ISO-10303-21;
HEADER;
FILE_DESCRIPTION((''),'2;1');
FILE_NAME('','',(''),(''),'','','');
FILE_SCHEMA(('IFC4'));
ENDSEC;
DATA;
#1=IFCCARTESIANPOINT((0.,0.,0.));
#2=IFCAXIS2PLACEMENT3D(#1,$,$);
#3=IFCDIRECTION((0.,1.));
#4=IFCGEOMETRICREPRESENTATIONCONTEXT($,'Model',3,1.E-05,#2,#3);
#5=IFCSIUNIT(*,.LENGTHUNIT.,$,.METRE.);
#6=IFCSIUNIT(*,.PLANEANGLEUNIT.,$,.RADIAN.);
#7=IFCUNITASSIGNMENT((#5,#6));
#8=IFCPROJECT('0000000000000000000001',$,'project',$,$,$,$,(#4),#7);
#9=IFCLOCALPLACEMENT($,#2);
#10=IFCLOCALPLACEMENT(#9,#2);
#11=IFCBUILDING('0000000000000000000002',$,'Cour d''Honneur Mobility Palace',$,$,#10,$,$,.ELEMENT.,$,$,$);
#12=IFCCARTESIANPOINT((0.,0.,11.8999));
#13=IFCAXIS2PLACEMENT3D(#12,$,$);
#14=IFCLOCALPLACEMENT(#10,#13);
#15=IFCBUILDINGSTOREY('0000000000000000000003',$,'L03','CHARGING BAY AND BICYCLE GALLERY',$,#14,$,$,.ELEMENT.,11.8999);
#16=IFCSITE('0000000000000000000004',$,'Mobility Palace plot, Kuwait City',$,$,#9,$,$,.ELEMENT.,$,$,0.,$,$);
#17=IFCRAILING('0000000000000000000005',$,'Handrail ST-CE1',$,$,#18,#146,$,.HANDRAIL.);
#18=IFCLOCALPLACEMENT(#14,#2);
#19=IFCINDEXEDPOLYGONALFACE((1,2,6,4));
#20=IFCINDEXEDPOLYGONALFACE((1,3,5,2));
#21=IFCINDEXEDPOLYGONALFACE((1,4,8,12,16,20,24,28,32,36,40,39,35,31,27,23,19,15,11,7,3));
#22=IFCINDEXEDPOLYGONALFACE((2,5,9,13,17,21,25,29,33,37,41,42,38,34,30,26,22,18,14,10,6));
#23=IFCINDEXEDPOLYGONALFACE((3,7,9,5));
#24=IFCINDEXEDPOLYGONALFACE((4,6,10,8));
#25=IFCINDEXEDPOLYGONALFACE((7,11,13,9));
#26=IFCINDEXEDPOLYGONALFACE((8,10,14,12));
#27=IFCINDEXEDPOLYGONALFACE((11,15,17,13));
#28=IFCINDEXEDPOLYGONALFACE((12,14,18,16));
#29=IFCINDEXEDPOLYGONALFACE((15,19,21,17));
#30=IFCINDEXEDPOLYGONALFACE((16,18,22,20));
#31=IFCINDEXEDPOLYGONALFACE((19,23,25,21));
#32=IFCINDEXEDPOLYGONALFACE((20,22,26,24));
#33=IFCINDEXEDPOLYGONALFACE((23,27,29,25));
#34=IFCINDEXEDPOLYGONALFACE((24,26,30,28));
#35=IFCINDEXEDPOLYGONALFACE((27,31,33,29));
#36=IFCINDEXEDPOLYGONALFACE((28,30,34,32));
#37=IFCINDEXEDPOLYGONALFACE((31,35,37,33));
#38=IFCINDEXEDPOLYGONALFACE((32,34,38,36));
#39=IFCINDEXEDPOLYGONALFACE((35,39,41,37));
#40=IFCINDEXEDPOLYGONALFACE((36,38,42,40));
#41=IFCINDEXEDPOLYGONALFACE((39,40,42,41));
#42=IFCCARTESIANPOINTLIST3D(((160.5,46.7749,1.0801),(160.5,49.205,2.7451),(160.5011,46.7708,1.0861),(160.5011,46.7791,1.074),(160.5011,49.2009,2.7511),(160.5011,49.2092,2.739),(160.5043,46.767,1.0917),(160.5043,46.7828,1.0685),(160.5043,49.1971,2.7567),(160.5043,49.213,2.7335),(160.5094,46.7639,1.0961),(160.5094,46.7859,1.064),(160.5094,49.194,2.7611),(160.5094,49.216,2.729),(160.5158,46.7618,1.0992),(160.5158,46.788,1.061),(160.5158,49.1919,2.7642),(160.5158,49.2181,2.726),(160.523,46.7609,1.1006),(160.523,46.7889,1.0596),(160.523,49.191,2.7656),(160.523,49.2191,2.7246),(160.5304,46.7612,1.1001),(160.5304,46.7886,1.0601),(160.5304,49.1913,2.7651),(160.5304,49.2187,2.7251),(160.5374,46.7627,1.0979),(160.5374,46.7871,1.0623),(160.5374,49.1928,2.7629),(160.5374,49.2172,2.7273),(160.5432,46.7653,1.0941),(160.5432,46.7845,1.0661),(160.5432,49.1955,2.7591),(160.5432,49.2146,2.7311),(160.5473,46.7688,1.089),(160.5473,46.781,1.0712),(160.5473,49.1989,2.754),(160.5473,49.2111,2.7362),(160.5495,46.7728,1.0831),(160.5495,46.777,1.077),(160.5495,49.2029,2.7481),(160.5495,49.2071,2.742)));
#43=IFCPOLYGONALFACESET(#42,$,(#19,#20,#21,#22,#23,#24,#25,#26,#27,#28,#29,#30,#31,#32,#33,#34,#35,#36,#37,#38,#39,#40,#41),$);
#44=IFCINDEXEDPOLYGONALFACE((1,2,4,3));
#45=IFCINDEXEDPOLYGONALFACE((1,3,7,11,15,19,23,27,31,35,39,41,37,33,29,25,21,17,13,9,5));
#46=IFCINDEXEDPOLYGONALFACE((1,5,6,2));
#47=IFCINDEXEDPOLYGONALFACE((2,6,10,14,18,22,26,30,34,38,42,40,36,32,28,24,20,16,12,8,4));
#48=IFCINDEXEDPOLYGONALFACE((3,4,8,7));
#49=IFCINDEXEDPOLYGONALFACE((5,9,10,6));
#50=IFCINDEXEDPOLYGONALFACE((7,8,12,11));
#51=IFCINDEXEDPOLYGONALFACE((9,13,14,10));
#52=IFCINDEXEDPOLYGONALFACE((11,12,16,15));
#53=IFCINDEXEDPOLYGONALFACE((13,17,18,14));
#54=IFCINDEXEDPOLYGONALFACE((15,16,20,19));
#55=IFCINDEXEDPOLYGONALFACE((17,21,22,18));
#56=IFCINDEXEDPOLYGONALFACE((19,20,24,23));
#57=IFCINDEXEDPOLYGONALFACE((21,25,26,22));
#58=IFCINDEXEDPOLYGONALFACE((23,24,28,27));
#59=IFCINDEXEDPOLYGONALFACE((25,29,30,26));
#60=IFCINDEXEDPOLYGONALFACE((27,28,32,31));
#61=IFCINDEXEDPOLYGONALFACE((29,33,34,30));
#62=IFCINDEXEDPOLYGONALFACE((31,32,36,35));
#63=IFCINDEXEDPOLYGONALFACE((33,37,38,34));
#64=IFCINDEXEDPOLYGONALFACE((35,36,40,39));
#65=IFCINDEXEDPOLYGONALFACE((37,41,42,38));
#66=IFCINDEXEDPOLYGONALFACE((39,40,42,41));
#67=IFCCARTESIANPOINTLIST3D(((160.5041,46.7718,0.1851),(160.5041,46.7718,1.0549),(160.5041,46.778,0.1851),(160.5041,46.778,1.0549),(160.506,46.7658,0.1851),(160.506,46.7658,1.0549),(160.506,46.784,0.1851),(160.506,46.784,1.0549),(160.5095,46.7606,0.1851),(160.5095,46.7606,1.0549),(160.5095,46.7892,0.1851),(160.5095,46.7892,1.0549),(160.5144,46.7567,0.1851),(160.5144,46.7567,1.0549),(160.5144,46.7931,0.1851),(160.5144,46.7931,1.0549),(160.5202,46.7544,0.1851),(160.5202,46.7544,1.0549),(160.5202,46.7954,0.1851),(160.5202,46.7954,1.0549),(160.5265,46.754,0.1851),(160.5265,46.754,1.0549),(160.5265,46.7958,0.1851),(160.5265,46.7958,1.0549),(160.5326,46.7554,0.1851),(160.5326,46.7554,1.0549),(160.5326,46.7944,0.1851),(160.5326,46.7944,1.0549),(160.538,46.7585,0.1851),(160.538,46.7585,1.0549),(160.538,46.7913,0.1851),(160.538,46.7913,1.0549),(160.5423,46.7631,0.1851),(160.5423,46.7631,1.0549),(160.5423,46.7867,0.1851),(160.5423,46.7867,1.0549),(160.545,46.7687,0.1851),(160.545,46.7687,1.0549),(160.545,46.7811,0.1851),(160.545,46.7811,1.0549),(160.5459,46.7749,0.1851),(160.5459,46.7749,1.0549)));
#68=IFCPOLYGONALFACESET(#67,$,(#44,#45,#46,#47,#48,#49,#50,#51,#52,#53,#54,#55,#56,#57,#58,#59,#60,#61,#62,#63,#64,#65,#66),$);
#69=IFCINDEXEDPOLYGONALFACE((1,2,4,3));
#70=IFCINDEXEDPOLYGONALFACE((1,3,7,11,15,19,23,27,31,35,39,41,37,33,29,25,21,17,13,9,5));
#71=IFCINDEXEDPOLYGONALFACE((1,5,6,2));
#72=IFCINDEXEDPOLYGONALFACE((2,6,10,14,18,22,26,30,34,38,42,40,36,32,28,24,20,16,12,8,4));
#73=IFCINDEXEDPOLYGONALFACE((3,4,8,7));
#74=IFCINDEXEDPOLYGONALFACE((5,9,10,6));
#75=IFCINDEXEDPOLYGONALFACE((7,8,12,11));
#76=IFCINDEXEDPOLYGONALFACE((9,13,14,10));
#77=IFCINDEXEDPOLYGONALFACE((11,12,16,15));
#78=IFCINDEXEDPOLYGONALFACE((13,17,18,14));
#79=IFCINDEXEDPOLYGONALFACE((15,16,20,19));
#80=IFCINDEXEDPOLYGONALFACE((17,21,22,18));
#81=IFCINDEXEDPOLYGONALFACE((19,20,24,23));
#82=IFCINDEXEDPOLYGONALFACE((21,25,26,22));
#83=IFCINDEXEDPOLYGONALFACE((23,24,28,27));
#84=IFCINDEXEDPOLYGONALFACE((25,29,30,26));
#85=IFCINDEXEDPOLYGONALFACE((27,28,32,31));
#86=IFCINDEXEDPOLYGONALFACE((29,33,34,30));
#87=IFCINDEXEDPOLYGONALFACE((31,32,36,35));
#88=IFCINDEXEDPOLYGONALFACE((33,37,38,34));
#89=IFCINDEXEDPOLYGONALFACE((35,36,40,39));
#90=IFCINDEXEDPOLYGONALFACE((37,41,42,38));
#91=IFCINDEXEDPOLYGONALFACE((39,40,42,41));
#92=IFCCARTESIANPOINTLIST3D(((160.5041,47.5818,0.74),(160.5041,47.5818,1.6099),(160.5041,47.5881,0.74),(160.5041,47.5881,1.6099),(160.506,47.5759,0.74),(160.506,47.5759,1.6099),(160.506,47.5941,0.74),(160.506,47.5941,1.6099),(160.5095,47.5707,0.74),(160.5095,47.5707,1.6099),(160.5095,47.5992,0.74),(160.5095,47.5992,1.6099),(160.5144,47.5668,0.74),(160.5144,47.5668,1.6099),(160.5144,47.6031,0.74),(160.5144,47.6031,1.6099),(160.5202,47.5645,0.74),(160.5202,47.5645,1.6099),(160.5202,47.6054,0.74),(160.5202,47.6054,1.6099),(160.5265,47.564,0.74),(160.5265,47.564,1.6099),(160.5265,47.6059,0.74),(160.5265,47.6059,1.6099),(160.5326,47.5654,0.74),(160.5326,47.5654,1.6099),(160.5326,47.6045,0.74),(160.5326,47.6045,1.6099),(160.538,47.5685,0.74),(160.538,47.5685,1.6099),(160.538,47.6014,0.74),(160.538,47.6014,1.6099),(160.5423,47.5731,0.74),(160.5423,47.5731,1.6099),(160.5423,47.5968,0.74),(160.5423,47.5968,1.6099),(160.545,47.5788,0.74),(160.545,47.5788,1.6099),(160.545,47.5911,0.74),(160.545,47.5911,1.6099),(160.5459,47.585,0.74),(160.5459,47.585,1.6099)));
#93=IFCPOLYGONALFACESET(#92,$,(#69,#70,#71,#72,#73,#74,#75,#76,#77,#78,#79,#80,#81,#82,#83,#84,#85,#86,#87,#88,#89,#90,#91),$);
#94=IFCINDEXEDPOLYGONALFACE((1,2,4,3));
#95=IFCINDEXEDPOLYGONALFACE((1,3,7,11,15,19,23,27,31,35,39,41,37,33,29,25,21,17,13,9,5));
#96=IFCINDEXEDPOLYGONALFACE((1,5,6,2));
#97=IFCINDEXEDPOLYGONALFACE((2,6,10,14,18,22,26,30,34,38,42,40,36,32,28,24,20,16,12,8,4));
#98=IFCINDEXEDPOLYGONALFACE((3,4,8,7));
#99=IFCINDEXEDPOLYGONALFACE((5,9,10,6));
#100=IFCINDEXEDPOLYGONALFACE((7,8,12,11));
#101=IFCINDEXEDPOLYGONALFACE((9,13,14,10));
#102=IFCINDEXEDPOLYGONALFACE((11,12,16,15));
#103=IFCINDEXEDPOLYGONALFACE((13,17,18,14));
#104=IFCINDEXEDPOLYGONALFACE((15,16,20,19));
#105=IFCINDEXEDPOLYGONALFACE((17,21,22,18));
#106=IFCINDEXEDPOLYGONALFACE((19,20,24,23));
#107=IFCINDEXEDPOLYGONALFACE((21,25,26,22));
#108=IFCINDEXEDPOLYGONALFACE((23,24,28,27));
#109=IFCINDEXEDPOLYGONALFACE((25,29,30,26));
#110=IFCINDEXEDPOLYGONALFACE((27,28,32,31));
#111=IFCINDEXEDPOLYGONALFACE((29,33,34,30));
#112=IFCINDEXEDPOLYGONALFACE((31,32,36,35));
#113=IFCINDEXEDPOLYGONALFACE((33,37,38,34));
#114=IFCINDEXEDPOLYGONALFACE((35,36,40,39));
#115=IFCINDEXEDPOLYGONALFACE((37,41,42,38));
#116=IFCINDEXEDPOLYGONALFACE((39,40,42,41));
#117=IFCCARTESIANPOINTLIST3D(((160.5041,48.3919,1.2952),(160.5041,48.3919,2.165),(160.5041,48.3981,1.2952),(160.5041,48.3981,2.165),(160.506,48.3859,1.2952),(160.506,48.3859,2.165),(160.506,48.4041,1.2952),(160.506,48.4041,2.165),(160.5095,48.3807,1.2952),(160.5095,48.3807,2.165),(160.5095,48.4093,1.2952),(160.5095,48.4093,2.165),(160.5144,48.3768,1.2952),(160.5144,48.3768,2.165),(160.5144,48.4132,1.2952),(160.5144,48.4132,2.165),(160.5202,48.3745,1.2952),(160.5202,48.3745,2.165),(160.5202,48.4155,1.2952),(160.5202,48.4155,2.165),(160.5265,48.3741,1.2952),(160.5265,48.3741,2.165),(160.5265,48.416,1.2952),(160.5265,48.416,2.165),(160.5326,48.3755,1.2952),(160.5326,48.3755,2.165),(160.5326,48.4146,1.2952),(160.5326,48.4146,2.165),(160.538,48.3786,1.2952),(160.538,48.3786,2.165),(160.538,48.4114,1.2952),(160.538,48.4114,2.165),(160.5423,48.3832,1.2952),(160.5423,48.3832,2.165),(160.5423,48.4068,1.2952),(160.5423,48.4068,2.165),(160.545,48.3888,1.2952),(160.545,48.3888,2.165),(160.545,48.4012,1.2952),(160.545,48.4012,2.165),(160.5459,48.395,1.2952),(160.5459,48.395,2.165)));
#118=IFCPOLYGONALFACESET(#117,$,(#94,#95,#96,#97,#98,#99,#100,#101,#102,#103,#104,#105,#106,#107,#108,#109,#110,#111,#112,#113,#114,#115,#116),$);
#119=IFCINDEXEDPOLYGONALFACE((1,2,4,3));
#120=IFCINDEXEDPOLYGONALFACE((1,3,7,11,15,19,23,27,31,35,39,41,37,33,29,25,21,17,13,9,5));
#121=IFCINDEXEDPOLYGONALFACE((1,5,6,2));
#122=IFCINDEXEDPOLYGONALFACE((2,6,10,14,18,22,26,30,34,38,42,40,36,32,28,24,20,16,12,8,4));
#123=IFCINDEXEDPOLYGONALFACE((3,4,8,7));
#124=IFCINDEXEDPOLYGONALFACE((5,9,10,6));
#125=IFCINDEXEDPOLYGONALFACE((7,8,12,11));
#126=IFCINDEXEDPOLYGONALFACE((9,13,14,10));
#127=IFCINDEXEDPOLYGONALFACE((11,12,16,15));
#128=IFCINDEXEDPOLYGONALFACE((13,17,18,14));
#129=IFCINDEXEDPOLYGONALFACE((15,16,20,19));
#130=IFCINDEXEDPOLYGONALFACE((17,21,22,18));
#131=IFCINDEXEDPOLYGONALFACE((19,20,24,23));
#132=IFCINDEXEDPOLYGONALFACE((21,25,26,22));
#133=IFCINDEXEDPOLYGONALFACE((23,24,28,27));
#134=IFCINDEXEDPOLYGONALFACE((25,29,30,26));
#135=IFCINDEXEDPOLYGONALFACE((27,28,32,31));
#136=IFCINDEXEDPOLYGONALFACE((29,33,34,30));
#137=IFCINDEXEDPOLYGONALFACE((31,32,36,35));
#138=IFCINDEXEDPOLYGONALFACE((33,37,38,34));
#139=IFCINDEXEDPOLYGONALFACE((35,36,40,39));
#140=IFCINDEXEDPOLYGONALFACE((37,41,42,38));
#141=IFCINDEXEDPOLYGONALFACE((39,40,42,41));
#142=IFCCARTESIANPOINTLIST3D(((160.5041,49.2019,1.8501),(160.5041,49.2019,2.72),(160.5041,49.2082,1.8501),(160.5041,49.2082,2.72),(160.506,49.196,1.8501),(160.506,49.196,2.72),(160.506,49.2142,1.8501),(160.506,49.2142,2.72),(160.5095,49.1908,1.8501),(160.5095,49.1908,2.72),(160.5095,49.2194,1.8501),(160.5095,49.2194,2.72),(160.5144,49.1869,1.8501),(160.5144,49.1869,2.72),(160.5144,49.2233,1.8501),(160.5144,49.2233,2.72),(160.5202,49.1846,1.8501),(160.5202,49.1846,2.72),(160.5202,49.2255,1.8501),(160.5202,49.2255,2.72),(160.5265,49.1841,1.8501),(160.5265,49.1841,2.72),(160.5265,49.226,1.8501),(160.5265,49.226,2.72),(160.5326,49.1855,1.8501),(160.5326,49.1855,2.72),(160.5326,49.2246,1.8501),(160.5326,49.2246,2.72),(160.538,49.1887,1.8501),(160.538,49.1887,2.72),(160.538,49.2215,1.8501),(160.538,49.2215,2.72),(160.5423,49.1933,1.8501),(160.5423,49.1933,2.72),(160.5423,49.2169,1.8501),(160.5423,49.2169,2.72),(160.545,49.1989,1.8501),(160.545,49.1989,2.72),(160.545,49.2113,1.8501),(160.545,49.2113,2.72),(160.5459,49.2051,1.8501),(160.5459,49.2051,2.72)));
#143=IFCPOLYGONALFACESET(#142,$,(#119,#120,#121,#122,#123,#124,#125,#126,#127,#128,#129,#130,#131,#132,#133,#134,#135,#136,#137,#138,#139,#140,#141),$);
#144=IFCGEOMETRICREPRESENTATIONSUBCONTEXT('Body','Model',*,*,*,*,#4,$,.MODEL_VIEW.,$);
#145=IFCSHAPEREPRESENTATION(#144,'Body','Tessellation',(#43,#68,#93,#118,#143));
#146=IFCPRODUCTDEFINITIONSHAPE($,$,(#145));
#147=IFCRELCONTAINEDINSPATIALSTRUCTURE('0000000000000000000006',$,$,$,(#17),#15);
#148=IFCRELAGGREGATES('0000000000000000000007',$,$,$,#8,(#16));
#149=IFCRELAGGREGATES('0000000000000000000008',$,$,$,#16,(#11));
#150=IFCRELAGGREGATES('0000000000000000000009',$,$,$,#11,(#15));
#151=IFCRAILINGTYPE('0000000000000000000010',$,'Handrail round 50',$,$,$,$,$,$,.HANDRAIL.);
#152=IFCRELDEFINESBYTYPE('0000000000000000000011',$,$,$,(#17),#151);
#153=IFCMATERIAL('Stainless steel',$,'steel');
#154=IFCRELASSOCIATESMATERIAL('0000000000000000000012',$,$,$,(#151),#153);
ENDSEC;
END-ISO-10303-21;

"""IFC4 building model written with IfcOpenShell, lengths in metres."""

from ifc_helpers import new_model, si_unit, direction, frame, origin, origin_2d, place, context, subcontext, project, spatial, circle, extrude, material, type_object, element, save


model = new_model("IFC4")

# Units and contexts
model_context = context("Model", 3, precision=1e-05, world=origin(), true_north=direction((0.0, 1.0)))
body_context = subcontext(model_context, "Body", "Model", "MODEL_VIEW")
ifc_project = project(units=[si_unit("LENGTHUNIT", "METRE"), si_unit("PLANEANGLEUNIT", "RADIAN")], contexts=[model_context])

# Site, building, storey
site_placement = place(None, origin())
site = spatial("IfcSite", under=ifc_project, at=site_placement, Name="Mobility Palace plot, Kuwait City", CompositionType="ELEMENT", RefElevation=0.0)
building_placement = place(site_placement, origin())
building = spatial("IfcBuilding", under=site, at=building_placement, Name="Cour d'Honneur Mobility Palace", CompositionType="ELEMENT")
storey_placement = place(building_placement, frame((0.0, 0.0, 11.8999)))
storey = spatial("IfcBuildingStorey", under=building, at=storey_placement, Name="L03", Description="CHARGING BAY AND BICYCLE GALLERY", CompositionType="ELEMENT", Elevation=11.8999)

# Railing
ifc_material_1 = material(Name="Stainless steel", Category="steel")
railing_type_1 = type_object("IfcRailingType", Name="Handrail round 50", PredefinedType="HANDRAIL", material=ifc_material_1)
for number, where, name in (
    (1, (160.5249, 46.7749, 0.1851), "Handrail ST-CE1"),
):
    element("IfcRailing", number, at=place(storey_placement, frame(where)), inside=storey, type_object=railing_type_1, Name=name, PredefinedType="HANDRAIL", context=body_context, shape_type="SweptSolid", body=[
        extrude(circle(Radius=0.0249, at=origin_2d()), frame((0.0, 0.0, 0.895), z_axis=(0.0, 0.824945, 0.565213), x_axis=(-1.0, 0.0, 0.0)), (0.0, 0.0, 1.0), 2.9458),
        extrude(circle(Radius=0.021, at=origin_2d()), origin(), (0.0, 0.0, 1.0), 0.8699),
        extrude(circle(Radius=0.021, at=origin_2d()), frame((0.0, 0.8101, 0.5549)), (0.0, 0.0, 1.0), 0.8699),
        extrude(circle(Radius=0.021, at=origin_2d()), frame((0.0, 1.6201, 1.1101)), (0.0, 0.0, 1.0), 0.8699),
        extrude(circle(Radius=0.021, at=origin_2d()), frame((0.0, 2.4302, 1.665)), (0.0, 0.0, 1.0), 0.8699),
    ])

save(model, "model.ifc")
